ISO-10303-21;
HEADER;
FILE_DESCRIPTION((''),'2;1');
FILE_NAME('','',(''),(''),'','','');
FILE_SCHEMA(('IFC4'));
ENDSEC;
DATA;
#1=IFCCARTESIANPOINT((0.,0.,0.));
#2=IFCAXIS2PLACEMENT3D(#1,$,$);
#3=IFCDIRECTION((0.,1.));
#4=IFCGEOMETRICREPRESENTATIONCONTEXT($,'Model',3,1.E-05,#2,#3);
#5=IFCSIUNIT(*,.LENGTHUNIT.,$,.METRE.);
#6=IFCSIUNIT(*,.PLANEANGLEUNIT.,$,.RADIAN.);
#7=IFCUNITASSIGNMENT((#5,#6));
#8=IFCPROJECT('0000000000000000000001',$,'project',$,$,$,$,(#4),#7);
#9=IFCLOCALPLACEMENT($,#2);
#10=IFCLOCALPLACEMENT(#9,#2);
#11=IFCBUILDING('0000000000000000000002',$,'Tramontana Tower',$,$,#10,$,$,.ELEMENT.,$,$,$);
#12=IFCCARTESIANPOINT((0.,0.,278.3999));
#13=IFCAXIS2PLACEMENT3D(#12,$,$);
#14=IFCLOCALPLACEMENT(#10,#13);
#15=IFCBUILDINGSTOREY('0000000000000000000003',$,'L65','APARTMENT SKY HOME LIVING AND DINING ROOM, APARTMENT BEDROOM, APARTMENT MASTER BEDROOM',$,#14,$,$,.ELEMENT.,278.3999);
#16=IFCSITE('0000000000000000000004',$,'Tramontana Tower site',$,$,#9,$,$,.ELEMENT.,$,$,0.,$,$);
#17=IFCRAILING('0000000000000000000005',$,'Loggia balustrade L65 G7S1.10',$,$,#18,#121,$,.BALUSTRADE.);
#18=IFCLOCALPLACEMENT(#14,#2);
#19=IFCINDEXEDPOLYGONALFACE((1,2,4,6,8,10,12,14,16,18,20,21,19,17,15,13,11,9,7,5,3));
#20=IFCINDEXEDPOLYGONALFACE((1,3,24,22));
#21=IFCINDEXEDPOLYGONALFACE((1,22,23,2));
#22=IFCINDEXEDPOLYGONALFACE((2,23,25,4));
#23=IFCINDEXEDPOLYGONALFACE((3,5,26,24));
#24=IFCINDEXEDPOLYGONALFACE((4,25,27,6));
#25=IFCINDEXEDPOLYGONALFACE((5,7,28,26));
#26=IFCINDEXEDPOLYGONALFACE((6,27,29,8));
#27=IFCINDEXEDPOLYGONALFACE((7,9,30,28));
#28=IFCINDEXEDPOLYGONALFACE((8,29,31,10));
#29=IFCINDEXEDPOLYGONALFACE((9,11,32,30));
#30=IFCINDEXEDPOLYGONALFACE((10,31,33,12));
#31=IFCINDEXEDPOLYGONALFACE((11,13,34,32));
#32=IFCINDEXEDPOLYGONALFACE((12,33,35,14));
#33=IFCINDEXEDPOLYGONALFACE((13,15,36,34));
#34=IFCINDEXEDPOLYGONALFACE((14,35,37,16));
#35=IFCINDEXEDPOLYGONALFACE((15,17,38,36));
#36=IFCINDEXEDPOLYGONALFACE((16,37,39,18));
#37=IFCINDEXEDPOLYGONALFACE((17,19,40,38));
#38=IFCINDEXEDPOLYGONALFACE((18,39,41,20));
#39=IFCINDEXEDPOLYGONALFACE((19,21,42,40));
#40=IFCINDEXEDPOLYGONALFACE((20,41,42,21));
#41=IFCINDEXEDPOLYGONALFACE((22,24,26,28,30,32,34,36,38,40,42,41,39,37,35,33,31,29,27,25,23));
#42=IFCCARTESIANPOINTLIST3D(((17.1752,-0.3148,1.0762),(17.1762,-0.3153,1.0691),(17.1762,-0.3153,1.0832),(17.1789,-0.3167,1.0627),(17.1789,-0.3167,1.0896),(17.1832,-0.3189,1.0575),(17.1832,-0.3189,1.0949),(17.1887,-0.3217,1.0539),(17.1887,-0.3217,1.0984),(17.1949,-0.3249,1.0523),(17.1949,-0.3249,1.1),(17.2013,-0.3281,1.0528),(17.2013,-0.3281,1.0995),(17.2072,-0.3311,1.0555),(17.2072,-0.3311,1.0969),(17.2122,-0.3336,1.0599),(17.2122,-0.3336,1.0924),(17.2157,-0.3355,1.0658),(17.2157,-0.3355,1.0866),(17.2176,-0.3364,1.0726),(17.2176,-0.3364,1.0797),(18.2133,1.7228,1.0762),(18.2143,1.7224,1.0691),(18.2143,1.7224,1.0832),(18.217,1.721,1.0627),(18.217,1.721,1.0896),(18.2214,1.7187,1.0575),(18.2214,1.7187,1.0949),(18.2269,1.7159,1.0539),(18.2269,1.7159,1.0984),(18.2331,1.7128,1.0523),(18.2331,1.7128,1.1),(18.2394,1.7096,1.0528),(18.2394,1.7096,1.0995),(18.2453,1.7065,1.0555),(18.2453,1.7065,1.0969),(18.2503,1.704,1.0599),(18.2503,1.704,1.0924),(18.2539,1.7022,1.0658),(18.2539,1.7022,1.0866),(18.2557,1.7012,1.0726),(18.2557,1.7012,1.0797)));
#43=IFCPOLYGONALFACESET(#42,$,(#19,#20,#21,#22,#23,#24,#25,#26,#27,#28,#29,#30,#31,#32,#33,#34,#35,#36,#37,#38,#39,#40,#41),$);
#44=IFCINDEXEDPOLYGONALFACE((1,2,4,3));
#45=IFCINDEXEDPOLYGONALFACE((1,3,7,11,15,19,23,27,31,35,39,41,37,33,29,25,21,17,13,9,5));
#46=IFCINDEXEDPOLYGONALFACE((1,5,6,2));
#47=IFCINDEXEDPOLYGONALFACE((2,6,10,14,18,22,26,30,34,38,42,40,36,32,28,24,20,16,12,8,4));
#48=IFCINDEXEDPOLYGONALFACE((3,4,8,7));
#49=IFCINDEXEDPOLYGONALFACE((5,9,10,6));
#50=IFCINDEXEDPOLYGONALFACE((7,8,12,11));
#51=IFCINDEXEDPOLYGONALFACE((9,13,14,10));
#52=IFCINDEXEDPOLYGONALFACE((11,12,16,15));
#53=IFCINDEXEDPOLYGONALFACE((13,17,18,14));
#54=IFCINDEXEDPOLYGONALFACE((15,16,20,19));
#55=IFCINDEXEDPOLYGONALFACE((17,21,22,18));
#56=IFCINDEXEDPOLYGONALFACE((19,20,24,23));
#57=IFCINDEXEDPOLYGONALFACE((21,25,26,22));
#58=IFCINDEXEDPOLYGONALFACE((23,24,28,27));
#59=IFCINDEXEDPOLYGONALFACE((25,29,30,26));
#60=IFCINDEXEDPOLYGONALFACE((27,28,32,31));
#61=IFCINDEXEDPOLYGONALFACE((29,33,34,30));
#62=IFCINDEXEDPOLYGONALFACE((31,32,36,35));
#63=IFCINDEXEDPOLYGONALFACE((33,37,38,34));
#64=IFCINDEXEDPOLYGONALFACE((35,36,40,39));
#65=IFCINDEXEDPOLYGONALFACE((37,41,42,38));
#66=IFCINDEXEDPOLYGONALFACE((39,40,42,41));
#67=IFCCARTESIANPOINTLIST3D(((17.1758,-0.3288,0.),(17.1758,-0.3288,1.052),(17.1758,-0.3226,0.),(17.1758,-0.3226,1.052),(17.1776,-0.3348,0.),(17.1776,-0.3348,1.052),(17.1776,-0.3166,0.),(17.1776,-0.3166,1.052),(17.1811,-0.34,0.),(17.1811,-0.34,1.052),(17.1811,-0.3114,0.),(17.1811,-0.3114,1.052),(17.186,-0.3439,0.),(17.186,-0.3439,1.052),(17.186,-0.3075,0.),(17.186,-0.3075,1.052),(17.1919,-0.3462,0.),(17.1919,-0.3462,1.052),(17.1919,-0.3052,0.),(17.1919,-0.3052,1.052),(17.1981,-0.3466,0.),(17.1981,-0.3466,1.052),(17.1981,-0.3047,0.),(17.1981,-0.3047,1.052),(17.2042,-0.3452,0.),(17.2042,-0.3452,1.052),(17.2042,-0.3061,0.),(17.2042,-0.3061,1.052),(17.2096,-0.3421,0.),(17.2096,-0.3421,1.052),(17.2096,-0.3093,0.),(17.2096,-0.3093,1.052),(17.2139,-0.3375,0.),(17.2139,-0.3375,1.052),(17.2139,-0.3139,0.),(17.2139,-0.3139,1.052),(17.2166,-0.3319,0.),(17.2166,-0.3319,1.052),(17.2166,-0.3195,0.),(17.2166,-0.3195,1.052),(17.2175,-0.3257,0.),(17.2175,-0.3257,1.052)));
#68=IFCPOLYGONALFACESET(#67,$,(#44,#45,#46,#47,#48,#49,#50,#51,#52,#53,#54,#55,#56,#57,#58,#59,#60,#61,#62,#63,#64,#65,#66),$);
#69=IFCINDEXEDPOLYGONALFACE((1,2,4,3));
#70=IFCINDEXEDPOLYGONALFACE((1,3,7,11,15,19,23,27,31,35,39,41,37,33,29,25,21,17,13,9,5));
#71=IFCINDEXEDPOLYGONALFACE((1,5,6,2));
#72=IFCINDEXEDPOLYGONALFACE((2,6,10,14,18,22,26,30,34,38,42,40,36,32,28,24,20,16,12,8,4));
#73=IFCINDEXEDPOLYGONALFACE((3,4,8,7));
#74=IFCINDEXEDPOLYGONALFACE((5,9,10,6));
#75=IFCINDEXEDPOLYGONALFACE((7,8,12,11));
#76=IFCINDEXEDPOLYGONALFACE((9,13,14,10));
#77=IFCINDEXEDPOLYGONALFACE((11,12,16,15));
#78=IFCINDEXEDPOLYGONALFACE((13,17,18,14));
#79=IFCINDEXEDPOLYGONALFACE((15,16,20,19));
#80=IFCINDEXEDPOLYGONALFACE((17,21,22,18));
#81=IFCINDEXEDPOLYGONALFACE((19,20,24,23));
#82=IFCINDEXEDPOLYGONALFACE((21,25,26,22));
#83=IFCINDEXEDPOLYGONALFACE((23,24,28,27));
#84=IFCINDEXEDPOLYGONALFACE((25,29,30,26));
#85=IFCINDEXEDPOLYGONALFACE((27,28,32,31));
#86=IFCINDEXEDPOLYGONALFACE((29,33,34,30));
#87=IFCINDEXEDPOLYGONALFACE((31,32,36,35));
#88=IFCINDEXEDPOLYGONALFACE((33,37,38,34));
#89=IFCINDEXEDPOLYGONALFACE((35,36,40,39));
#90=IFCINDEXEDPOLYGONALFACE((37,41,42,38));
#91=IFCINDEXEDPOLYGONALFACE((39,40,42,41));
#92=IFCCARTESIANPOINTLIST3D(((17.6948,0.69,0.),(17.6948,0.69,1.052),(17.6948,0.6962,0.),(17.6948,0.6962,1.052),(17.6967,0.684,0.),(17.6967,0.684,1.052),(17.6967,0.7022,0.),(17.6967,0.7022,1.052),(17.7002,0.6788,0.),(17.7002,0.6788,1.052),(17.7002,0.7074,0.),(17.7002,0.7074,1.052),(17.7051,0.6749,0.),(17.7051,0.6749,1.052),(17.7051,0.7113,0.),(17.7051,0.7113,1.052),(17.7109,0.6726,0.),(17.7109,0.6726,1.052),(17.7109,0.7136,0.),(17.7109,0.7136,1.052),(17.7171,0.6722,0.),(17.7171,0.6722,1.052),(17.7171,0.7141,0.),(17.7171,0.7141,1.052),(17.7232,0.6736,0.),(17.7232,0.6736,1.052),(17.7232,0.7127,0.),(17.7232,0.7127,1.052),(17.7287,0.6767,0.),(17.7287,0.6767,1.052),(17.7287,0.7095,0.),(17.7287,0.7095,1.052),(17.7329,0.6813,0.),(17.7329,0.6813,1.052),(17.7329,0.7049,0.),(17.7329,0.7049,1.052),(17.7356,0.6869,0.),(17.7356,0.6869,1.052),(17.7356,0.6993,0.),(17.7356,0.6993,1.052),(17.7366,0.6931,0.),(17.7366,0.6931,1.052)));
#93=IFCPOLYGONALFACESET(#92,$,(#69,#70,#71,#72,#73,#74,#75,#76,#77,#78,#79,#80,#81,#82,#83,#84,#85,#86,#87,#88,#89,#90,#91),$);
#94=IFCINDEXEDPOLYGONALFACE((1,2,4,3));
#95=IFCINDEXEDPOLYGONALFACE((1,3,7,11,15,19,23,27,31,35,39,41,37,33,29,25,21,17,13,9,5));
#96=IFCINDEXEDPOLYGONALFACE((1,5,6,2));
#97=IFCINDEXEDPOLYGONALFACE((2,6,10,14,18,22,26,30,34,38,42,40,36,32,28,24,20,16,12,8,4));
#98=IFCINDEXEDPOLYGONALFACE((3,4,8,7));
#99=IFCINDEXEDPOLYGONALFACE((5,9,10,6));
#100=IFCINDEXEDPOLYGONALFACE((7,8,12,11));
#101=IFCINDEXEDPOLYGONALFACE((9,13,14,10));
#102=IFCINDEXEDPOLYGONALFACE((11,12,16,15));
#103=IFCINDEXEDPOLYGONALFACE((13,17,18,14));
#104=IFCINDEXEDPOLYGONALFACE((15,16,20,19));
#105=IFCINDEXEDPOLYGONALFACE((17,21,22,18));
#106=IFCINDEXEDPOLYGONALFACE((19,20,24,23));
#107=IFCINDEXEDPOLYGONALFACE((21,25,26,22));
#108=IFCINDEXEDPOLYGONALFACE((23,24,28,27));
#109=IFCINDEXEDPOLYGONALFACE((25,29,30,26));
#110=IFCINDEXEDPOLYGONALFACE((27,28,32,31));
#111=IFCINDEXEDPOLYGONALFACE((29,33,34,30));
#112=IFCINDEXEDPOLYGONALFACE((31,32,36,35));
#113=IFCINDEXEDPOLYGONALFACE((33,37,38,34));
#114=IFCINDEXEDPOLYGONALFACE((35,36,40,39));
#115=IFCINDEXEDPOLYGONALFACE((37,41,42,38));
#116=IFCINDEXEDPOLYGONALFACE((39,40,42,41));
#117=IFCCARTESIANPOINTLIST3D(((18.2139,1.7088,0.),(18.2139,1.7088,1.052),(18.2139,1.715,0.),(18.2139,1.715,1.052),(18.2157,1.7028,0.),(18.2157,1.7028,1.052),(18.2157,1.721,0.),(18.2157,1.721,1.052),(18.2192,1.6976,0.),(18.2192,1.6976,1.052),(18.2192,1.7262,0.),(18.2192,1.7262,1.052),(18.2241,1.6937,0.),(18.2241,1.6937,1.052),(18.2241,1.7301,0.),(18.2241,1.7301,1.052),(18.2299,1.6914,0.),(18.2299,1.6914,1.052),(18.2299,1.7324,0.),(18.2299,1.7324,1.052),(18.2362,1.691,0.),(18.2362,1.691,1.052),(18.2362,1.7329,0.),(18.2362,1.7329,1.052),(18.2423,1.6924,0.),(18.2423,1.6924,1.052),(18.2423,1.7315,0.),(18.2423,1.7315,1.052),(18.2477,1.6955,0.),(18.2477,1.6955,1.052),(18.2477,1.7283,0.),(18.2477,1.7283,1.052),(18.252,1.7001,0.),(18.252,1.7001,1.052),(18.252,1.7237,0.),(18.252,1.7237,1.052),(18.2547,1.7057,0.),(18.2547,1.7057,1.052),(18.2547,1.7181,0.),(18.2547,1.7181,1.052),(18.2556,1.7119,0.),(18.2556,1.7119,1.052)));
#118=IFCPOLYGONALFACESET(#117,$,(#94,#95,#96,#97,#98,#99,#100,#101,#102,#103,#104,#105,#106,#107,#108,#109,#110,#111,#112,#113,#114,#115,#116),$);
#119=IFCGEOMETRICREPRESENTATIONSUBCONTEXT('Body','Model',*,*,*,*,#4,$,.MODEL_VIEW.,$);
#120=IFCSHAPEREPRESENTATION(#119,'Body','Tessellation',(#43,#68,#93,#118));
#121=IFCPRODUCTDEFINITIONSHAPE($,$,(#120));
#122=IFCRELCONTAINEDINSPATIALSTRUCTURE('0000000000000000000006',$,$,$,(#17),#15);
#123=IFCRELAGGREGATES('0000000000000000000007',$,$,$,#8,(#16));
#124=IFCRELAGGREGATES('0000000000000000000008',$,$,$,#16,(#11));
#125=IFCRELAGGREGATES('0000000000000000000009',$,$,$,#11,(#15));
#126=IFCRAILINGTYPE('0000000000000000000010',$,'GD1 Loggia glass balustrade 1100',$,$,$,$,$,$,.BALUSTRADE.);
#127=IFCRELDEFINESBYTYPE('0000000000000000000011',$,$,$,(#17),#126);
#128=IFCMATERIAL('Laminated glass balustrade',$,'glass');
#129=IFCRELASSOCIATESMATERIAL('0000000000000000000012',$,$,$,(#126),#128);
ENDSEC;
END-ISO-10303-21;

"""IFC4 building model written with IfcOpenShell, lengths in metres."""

from ifc_helpers import new_model, si_unit, direction, frame, origin, origin_2d, place, context, subcontext, project, spatial, circle, extrude, material, type_object, element, save


model = new_model("IFC4")

# Units and contexts
model_context = context("Model", 3, precision=1e-05, world=origin(), true_north=direction((0.0, 1.0)))
body_context = subcontext(model_context, "Body", "Model", "MODEL_VIEW")
ifc_project = project(units=[si_unit("LENGTHUNIT", "METRE"), si_unit("PLANEANGLEUNIT", "RADIAN")], contexts=[model_context])

# Site, building, storey
site_placement = place(None, origin())
site = spatial("IfcSite", under=ifc_project, at=site_placement, Name="Tramontana Tower site", CompositionType="ELEMENT", RefElevation=0.0)
building_placement = place(site_placement, origin())
building = spatial("IfcBuilding", under=site, at=building_placement, Name="Tramontana Tower", CompositionType="ELEMENT")
storey_placement = place(building_placement, frame((0.0, 0.0, 278.3999)))
storey = spatial("IfcBuildingStorey", under=building, at=storey_placement, Name="L65", Description="APARTMENT SKY HOME LIVING AND DINING ROOM, APARTMENT BEDROOM, APARTMENT MASTER BEDROOM", CompositionType="ELEMENT", Elevation=278.3999)

# Railing
ifc_material_1 = material(Name="Laminated glass balustrade", Category="glass")
railing_type_1 = type_object("IfcRailingType", Name="GD1 Loggia glass balustrade 1100", PredefinedType="BALUSTRADE", material=ifc_material_1)
railing_1_placement = place(storey_placement, frame((17.1965, -0.3257, 0.0)))
element("IfcRailing", 1, at=railing_1_placement, inside=storey, type_object=railing_type_1, Name="Loggia balustrade L65 G7S1.10", PredefinedType="BALUSTRADE", context=body_context, shape_type="SweptSolid", body=[
    extrude(circle(Radius=0.0239, at=origin_2d()), frame((0.0, 0.0, 1.0762), z_axis=(0.453948, 0.891028, 0.0), x_axis=(-0.891028, 0.453948, 0.0)), (0.0, 0.0, 1.0), 2.2869),
    extrude(circle(Radius=0.021, at=origin_2d()), origin(), (0.0, 0.0, 1.0), 1.052),
    extrude(circle(Radius=0.021, at=origin_2d()), frame((0.519, 1.0188, 0.0)), (0.0, 0.0, 1.0), 1.052),
    extrude(circle(Radius=0.021, at=origin_2d()), frame((1.0381, 2.0376, 0.0)), (0.0, 0.0, 1.0), 1.052),
])

save(model, "model.ifc")
